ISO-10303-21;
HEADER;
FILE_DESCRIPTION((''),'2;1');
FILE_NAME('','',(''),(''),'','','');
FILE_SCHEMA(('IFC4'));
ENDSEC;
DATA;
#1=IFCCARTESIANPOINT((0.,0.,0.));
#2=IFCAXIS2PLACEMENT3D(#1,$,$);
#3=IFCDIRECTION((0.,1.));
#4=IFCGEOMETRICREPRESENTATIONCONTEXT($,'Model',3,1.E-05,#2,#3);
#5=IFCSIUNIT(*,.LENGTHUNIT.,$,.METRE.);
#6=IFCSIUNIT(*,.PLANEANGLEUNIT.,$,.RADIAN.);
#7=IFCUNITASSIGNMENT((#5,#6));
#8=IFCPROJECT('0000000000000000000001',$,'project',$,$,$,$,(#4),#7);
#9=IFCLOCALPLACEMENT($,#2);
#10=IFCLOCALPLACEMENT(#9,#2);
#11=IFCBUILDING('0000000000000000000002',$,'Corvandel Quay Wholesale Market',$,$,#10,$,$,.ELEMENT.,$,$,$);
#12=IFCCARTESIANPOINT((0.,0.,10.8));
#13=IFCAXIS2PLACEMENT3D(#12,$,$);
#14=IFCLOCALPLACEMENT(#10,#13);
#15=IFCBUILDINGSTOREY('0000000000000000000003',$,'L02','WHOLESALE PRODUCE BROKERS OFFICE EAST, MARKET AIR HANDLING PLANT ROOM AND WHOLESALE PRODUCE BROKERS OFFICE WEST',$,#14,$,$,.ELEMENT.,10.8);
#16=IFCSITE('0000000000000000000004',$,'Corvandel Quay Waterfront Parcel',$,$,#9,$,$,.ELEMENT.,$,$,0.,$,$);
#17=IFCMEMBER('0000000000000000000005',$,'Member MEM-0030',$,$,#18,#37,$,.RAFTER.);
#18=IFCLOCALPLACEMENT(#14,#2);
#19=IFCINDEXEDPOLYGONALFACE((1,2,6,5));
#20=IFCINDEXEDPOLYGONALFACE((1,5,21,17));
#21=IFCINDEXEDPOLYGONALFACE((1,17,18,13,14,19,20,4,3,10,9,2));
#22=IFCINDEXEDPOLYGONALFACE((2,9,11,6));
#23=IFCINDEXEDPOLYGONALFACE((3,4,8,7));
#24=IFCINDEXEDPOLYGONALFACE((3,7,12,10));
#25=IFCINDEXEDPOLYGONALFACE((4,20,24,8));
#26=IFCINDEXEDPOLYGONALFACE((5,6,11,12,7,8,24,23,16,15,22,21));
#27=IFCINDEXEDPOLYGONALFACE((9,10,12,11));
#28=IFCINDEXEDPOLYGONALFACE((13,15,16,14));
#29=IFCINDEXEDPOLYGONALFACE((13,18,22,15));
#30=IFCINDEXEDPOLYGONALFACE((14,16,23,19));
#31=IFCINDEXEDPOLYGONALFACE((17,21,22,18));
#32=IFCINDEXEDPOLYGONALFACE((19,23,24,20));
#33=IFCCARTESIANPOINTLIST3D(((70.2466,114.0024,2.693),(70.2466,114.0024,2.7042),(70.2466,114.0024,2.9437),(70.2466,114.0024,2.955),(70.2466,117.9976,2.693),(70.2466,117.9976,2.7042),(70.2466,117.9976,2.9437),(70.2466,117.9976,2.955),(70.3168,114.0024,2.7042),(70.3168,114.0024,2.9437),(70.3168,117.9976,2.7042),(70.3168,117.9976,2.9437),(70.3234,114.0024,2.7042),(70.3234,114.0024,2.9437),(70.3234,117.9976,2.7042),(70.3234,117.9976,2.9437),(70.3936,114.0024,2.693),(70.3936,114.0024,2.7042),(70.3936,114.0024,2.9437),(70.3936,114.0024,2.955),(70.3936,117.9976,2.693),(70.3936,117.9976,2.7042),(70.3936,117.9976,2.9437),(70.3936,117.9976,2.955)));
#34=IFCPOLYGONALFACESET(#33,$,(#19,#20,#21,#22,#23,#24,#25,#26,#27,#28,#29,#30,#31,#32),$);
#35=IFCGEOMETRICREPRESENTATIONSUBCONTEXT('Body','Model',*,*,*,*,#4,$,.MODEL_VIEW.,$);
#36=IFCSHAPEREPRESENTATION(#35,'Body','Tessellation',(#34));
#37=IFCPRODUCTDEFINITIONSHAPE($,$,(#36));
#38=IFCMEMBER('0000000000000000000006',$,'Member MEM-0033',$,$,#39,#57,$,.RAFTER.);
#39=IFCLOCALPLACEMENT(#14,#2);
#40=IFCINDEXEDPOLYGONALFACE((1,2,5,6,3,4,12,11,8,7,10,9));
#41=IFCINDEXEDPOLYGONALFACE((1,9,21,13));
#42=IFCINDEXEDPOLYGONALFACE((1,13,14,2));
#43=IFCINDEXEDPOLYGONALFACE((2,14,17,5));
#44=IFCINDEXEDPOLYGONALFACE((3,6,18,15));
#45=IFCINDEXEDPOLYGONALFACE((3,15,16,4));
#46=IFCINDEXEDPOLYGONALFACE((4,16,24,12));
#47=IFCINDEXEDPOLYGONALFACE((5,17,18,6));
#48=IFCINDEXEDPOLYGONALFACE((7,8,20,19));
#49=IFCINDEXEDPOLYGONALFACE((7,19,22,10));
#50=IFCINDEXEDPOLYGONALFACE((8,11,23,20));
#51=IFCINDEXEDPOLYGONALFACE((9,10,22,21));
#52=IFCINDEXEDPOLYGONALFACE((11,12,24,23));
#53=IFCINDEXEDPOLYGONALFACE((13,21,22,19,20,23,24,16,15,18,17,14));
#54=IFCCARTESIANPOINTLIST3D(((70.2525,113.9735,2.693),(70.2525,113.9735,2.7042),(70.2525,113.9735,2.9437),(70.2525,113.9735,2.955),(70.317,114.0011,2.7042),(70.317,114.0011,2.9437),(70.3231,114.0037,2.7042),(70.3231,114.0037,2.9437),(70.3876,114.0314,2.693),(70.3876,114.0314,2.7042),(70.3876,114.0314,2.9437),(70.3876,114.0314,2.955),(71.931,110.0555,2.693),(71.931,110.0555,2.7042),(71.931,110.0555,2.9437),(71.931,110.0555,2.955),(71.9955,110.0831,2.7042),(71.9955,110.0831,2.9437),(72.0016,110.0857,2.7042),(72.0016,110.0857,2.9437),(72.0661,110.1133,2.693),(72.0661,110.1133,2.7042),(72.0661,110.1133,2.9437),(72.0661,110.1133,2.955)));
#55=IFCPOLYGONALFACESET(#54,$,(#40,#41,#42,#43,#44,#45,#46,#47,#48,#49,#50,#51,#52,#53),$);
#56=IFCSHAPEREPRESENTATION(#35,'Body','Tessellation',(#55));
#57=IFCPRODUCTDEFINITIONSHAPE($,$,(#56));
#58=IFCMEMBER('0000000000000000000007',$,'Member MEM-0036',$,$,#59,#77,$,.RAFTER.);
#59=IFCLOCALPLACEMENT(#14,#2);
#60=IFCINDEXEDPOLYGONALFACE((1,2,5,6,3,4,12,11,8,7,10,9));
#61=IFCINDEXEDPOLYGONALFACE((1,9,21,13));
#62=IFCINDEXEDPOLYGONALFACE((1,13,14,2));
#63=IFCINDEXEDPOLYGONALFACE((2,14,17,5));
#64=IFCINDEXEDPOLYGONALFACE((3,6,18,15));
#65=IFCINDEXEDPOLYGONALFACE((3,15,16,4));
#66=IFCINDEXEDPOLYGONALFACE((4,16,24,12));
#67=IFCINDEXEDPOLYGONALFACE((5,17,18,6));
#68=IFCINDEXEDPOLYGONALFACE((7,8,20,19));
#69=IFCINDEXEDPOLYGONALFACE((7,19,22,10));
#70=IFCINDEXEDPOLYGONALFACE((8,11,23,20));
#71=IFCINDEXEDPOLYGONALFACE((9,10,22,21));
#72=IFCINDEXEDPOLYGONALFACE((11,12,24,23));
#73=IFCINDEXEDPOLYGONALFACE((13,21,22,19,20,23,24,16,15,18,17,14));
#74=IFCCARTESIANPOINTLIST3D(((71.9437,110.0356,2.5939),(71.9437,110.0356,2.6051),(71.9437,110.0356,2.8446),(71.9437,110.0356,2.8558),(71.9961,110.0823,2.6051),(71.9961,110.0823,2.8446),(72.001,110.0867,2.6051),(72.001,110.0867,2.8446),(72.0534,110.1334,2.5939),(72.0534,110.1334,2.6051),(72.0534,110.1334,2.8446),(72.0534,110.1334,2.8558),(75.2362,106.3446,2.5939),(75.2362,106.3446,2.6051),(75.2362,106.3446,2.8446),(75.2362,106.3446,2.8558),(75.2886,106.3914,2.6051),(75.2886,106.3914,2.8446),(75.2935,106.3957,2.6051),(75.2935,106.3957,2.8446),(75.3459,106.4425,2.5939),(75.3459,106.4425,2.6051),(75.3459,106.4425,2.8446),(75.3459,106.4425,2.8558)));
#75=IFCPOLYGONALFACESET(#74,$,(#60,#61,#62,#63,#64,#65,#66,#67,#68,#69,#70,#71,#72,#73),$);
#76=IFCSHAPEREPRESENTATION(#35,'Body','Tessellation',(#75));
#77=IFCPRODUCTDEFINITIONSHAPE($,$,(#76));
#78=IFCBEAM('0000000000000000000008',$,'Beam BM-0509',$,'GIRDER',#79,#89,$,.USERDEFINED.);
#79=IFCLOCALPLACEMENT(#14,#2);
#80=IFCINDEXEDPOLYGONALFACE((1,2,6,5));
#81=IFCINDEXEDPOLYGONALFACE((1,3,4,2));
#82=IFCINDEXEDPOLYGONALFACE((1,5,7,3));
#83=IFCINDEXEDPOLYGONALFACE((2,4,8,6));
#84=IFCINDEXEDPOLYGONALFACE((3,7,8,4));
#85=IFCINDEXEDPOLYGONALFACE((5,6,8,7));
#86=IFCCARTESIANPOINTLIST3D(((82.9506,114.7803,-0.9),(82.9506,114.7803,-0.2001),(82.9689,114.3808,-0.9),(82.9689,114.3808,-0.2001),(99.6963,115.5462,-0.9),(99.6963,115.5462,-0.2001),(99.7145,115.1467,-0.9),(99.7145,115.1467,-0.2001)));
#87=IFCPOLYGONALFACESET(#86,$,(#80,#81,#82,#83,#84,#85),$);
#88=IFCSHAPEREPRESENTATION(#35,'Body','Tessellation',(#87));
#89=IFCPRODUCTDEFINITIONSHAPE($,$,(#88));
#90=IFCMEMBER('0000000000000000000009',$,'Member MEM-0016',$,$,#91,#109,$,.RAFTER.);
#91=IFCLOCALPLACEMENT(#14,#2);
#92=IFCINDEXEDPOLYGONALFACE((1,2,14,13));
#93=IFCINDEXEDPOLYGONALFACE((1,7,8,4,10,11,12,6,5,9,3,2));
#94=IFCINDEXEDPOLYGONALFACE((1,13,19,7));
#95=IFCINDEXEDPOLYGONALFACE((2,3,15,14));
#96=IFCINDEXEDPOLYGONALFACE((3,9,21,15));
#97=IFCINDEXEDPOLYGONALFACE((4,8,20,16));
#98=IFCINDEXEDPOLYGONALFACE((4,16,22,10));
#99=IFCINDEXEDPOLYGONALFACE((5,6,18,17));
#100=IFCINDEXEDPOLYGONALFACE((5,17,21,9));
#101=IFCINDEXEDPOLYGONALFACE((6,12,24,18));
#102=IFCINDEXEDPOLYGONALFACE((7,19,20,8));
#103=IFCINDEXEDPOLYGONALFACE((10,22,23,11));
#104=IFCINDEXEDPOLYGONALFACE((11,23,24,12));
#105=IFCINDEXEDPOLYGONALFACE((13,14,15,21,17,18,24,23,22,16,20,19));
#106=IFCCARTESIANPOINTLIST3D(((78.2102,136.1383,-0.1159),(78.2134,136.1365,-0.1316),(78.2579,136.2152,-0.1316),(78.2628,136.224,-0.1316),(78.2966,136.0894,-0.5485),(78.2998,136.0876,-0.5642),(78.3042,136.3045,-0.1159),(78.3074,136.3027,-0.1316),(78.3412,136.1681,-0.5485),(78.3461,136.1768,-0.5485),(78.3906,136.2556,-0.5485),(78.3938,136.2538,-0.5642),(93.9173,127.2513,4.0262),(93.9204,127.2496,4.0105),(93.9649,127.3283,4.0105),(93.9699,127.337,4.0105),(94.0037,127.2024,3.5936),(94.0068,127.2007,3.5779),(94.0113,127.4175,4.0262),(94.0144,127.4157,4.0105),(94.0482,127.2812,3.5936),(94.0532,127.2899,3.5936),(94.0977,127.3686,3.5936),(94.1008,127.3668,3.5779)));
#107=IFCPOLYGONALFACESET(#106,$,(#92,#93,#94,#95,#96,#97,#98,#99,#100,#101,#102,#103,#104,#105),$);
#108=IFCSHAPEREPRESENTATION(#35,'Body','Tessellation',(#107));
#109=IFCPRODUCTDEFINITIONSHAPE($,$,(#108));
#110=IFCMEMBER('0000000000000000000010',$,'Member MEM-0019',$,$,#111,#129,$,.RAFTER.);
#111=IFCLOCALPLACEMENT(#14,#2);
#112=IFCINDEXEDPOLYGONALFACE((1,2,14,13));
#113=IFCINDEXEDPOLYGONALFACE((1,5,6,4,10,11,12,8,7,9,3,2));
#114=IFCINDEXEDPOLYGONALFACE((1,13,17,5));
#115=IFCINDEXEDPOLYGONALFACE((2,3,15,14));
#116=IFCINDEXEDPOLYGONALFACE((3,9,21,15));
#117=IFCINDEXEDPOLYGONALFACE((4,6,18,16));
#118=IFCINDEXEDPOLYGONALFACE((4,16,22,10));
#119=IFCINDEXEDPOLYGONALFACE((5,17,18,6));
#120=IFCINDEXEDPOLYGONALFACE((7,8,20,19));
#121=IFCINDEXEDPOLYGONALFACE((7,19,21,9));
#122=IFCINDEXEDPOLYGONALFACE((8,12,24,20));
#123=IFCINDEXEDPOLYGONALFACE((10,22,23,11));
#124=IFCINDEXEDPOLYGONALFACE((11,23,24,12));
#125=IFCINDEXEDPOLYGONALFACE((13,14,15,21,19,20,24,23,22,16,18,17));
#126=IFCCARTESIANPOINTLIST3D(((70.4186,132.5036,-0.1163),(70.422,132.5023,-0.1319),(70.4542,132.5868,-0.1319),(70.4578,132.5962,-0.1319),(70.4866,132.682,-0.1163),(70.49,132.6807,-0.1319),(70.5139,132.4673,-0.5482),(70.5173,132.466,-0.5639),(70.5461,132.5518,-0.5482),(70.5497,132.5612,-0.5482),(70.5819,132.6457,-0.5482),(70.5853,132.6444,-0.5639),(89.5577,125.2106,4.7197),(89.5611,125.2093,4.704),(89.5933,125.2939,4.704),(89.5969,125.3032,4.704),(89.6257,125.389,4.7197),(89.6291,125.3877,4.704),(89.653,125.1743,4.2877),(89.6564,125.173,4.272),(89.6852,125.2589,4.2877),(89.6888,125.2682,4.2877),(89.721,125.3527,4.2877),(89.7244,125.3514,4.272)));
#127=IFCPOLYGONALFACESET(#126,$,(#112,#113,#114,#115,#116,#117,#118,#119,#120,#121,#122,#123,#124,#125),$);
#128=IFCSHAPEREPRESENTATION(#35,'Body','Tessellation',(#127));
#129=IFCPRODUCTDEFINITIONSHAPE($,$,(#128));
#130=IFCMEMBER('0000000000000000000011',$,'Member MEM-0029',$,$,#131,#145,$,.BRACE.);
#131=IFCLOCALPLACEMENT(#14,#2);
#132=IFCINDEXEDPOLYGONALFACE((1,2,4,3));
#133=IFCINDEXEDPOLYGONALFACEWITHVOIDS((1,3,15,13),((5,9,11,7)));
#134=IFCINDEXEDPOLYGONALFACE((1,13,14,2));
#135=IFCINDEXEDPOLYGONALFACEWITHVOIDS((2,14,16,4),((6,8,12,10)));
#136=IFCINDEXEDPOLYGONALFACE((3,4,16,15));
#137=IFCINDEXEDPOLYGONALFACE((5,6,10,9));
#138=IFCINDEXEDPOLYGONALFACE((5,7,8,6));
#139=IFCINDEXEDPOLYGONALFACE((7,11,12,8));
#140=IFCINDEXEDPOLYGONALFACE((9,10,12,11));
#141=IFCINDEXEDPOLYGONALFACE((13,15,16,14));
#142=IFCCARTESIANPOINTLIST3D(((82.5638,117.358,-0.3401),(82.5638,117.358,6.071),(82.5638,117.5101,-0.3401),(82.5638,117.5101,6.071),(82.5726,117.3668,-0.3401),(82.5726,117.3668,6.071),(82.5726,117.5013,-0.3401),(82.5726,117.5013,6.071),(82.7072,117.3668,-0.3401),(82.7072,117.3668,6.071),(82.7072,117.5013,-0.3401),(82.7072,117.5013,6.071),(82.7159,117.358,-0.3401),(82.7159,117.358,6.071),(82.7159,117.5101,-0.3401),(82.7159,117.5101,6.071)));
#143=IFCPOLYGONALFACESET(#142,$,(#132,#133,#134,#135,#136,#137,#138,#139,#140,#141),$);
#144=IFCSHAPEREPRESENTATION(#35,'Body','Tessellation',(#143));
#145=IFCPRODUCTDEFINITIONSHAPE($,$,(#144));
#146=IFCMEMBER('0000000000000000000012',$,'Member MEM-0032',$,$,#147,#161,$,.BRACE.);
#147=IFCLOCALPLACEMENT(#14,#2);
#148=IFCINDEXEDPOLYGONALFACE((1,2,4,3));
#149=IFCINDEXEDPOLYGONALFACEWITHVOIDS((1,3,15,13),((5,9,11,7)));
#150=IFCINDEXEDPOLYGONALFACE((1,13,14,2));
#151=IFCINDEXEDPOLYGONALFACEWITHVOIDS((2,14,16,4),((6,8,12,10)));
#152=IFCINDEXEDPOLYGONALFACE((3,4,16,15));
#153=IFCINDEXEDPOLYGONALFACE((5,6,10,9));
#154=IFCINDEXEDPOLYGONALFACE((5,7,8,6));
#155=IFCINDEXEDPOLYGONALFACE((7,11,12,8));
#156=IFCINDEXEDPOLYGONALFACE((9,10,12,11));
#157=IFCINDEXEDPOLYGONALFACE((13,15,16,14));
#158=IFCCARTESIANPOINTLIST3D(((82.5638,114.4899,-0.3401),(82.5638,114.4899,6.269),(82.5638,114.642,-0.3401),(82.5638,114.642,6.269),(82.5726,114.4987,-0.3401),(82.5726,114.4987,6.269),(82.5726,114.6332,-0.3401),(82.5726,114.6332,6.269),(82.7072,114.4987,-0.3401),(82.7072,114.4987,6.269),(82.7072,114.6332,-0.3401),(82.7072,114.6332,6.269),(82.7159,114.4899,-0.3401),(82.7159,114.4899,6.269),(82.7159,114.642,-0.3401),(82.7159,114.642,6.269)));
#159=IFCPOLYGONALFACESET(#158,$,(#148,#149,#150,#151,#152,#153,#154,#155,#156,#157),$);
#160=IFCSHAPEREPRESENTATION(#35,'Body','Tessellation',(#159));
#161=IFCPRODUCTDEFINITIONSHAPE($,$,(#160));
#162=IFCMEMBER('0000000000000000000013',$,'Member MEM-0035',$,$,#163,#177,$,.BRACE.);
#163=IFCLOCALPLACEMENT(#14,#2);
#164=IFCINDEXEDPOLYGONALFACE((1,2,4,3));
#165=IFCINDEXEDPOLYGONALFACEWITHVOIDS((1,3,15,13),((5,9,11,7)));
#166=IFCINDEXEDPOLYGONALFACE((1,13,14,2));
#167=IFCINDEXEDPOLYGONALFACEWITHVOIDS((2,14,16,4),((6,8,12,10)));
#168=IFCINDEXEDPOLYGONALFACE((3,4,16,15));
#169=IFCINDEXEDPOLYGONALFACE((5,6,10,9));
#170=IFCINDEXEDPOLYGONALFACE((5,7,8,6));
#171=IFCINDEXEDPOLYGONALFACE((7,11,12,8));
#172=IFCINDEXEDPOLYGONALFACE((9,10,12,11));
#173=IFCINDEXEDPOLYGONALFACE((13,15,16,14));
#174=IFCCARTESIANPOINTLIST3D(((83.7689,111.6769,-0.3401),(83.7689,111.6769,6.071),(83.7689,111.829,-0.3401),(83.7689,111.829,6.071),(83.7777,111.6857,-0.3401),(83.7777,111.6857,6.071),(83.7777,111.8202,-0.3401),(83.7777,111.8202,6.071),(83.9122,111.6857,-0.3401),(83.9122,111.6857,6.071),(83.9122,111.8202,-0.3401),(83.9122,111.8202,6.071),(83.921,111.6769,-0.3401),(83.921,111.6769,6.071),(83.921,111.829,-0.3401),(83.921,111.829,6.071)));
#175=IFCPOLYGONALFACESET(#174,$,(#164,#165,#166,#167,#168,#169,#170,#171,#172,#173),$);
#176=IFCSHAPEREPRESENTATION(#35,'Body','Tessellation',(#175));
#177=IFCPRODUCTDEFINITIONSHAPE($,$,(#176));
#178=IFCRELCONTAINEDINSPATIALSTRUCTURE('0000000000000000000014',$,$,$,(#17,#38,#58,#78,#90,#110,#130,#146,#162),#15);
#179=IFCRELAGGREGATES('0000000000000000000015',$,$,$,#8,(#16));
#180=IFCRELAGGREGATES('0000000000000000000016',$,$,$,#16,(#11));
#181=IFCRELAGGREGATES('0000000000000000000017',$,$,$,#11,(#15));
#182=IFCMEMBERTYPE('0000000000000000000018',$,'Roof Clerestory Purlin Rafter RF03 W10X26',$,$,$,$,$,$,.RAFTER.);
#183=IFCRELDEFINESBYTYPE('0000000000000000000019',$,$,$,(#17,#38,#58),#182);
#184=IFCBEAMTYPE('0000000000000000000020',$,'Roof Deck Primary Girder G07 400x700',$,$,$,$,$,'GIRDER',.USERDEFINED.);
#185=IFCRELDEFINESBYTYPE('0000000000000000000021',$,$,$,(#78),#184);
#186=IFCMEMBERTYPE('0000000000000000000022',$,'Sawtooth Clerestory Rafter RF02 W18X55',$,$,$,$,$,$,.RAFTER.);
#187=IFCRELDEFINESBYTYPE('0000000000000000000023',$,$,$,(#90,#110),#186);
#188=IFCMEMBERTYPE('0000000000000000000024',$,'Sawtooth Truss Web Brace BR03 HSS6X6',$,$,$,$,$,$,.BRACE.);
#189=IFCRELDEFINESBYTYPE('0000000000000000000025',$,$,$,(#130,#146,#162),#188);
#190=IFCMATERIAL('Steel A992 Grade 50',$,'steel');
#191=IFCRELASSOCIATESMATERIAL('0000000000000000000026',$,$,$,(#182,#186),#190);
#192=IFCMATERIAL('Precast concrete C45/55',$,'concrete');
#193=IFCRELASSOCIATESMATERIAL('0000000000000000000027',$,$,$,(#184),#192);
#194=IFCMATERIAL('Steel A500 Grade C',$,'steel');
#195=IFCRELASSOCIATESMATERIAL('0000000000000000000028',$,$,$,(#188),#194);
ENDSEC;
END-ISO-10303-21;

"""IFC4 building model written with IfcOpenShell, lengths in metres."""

from ifc_helpers import new_model, si_unit, direction, frame, origin, origin_2d, place, context, subcontext, project, spatial, rectangle, hollow_rectangle, i_section, extrude, material, material_profile, profile_set, type_object, element, save


model = new_model("IFC4")

# Units and contexts
model_context = context("Model", 3, precision=1e-05, world=origin(), true_north=direction((0.0, 1.0)))
body_context = subcontext(model_context, "Body", "Model", "MODEL_VIEW")
ifc_project = project(units=[si_unit("LENGTHUNIT", "METRE"), si_unit("PLANEANGLEUNIT", "RADIAN")], contexts=[model_context])

# Site, building, storey
site_placement = place(None, origin())
site = spatial("IfcSite", under=ifc_project, at=site_placement, Name="Corvandel Quay Waterfront Parcel", CompositionType="ELEMENT", RefElevation=0.0)
building_placement = place(site_placement, origin())
building = spatial("IfcBuilding", under=site, at=building_placement, Name="Corvandel Quay Wholesale Market", CompositionType="ELEMENT")
storey_placement = place(building_placement, frame((0.0, 0.0, 10.8)))
storey = spatial("IfcBuildingStorey", under=building, at=storey_placement, Name="L02", Description="WHOLESALE PRODUCE BROKERS OFFICE EAST, MARKET AIR HANDLING PLANT ROOM AND WHOLESALE PRODUCE BROKERS OFFICE WEST", CompositionType="ELEMENT", Elevation=10.8)

# Shared definitions
ifc_material_1 = material(Name="Precast concrete C45/55", Category="concrete")

# Members
ifc_material_2 = material(Name="Steel A992 Grade 50", Category="steel")
ifc_material_profile_1 = material_profile(ifc_material_2, i_section(OverallWidth=0.147, OverallDepth=0.262, WebThickness=0.0066, FlangeThickness=0.0112, at=origin_2d()), Name="W10X26")
ifc_profile_set_1 = profile_set([ifc_material_profile_1], Name="Steel A992 Grade 50")
member_type_1 = type_object("IfcMemberType", Name="Roof Clerestory Purlin Rafter RF03 W10X26", PredefinedType="RAFTER", material=ifc_profile_set_1)
member_1_placement = place(storey_placement, frame((70.3201, 117.9976, 2.824), z_axis=(0.0, -1.0, 0.0), x_axis=(1.0, 0.0, 0.0)))
element("IfcMember", 1, at=member_1_placement, inside=storey, type_object=member_type_1, Name="Member MEM-0030", PredefinedType="RAFTER", context=body_context, shape_type="SweptSolid", body=[
    extrude(i_section(OverallWidth=0.147, OverallDepth=0.262, WebThickness=0.0066, FlangeThickness=0.0112, at=origin_2d()), origin(), (0.0, 0.0, 1.0), 3.9951),
])
member_2_placement = place(storey_placement, frame((70.3201, 114.0024, 2.824), z_axis=(0.393788, -0.919201, 0.0), x_axis=(0.919201, 0.393788, 0.0)))
element("IfcMember", 2, at=member_2_placement, inside=storey, type_object=member_type_1, Name="Member MEM-0033", PredefinedType="RAFTER", context=body_context, shape_type="SweptSolid", body=[
    extrude(i_section(OverallWidth=0.147, OverallDepth=0.262, WebThickness=0.0066, FlangeThickness=0.0112, at=origin_2d()), origin(), (0.0, 0.0, 1.0), 4.2625),
])
member_3_placement = place(storey_placement, frame((71.9985, 110.0845, 2.7249), z_axis=(0.66568, -0.746237, 0.0), x_axis=(0.746237, 0.66568, 0.0)))
element("IfcMember", 3, at=member_3_placement, inside=storey, type_object=member_type_1, Name="Member MEM-0036", PredefinedType="RAFTER", context=body_context, shape_type="SweptSolid", body=[
    extrude(i_section(OverallWidth=0.147, OverallDepth=0.262, WebThickness=0.0066, FlangeThickness=0.0112, at=origin_2d()), origin(), (0.0, 0.0, 1.0), 4.946),
])

# Beam
ifc_material_profile_2 = material_profile(ifc_material_1, rectangle(XDim=0.3999, YDim=0.7, at=origin_2d()), Name="PC-GIR-400x700")
ifc_profile_set_2 = profile_set([ifc_material_profile_2], Name="Precast concrete C45/55")
beam_type_1 = type_object("IfcBeamType", Name="Roof Deck Primary Girder G07 400x700", ElementType="GIRDER", PredefinedType="USERDEFINED", material=ifc_profile_set_2)
beam_1_placement = place(storey_placement, frame((82.9597, 114.5806, -0.55), z_axis=(0.998956, 0.045688, 0.0), x_axis=(-0.045688, 0.998956, 0.0)))
element("IfcBeam", 4, at=beam_1_placement, inside=storey, type_object=beam_type_1, Name="Beam BM-0509", ObjectType="GIRDER", PredefinedType="USERDEFINED", context=body_context, shape_type="SweptSolid", body=[
    extrude(rectangle(XDim=0.3999, YDim=0.7, at=origin_2d()), origin(), (0.0, 0.0, 1.0), 16.7632),
])

# Members
ifc_material_profile_3 = material_profile(ifc_material_2, i_section(OverallWidth=0.1909, OverallDepth=0.46, WebThickness=0.01, FlangeThickness=0.0161, at=origin_2d()), Name="W18X55")
ifc_profile_set_3 = profile_set([ifc_material_profile_3], Name="Steel A992 Grade 50")
member_type_2 = type_object("IfcMemberType", Name="Sawtooth Clerestory Rafter RF02 W18X55", PredefinedType="RAFTER", material=ifc_profile_set_3)
member_4_placement = place(storey_placement, frame((78.302, 136.196, -0.3401), z_axis=(0.848291, -0.479959, 0.223702), x_axis=(0.492438, 0.870347, 0.0)))
element("IfcMember", 5, at=member_4_placement, inside=storey, type_object=member_type_2, Name="Member MEM-0016", PredefinedType="RAFTER", context=body_context, shape_type="SweptSolid", body=[
    extrude(i_section(OverallWidth=0.1909, OverallDepth=0.46, WebThickness=0.01, FlangeThickness=0.0161, at=origin_2d()), origin(), (0.0, 0.0, 1.0), 18.5161),
])
member_5_placement = place(storey_placement, frame((70.502, 132.574, -0.3401), z_axis=(0.909451, -0.346546, 0.229793), x_axis=(0.356075, 0.934458, 0.0)))
element("IfcMember", 6, at=member_5_placement, inside=storey, type_object=member_type_2, Name="Member MEM-0019", PredefinedType="RAFTER", context=body_context, shape_type="SweptSolid", body=[
    extrude(i_section(OverallWidth=0.1909, OverallDepth=0.46, WebThickness=0.01, FlangeThickness=0.0161, at=origin_2d()), origin(), (0.0, 0.0, 1.0), 21.0447),
])
ifc_material_3 = material(Name="Steel A500 Grade C", Category="steel")
ifc_material_profile_4 = material_profile(ifc_material_3, hollow_rectangle(XDim=0.1521, YDim=0.1521, WallThickness=0.0088, at=origin_2d()), Name="HSS6X6X3/8")
ifc_profile_set_4 = profile_set([ifc_material_profile_4], Name="Steel A500 Grade C")
member_type_3 = type_object("IfcMemberType", Name="Sawtooth Truss Web Brace BR03 HSS6X6", PredefinedType="BRACE", material=ifc_profile_set_4)
member_6_placement = place(storey_placement, frame((82.6399, 117.4341, -0.3401), z_axis=(0.0, 0.0, 1.0), x_axis=(1.0, 0.0, 0.0)))
element("IfcMember", 7, at=member_6_placement, inside=storey, type_object=member_type_3, Name="Member MEM-0029", PredefinedType="BRACE", context=body_context, shape_type="SweptSolid", body=[
    extrude(hollow_rectangle(XDim=0.1521, YDim=0.1521, WallThickness=0.0088, at=origin_2d()), origin(), (0.0, 0.0, 1.0), 6.4111),
])
member_7_placement = place(storey_placement, frame((82.6399, 114.5659, -0.3401), z_axis=(0.0, 0.0, 1.0), x_axis=(1.0, 0.0, 0.0)))
element("IfcMember", 8, at=member_7_placement, inside=storey, type_object=member_type_3, Name="Member MEM-0032", PredefinedType="BRACE", context=body_context, shape_type="SweptSolid", body=[
    extrude(hollow_rectangle(XDim=0.1521, YDim=0.1521, WallThickness=0.0088, at=origin_2d()), origin(), (0.0, 0.0, 1.0), 6.6091),
])
member_8_placement = place(storey_placement, frame((83.845, 111.7529, -0.3401), z_axis=(0.0, 0.0, 1.0), x_axis=(1.0, 0.0, 0.0)))
element("IfcMember", 9, at=member_8_placement, inside=storey, type_object=member_type_3, Name="Member MEM-0035", PredefinedType="BRACE", context=body_context, shape_type="SweptSolid", body=[
    extrude(hollow_rectangle(XDim=0.1521, YDim=0.1521, WallThickness=0.0088, at=origin_2d()), origin(), (0.0, 0.0, 1.0), 6.4111),
])

save(model, "model.ifc")
